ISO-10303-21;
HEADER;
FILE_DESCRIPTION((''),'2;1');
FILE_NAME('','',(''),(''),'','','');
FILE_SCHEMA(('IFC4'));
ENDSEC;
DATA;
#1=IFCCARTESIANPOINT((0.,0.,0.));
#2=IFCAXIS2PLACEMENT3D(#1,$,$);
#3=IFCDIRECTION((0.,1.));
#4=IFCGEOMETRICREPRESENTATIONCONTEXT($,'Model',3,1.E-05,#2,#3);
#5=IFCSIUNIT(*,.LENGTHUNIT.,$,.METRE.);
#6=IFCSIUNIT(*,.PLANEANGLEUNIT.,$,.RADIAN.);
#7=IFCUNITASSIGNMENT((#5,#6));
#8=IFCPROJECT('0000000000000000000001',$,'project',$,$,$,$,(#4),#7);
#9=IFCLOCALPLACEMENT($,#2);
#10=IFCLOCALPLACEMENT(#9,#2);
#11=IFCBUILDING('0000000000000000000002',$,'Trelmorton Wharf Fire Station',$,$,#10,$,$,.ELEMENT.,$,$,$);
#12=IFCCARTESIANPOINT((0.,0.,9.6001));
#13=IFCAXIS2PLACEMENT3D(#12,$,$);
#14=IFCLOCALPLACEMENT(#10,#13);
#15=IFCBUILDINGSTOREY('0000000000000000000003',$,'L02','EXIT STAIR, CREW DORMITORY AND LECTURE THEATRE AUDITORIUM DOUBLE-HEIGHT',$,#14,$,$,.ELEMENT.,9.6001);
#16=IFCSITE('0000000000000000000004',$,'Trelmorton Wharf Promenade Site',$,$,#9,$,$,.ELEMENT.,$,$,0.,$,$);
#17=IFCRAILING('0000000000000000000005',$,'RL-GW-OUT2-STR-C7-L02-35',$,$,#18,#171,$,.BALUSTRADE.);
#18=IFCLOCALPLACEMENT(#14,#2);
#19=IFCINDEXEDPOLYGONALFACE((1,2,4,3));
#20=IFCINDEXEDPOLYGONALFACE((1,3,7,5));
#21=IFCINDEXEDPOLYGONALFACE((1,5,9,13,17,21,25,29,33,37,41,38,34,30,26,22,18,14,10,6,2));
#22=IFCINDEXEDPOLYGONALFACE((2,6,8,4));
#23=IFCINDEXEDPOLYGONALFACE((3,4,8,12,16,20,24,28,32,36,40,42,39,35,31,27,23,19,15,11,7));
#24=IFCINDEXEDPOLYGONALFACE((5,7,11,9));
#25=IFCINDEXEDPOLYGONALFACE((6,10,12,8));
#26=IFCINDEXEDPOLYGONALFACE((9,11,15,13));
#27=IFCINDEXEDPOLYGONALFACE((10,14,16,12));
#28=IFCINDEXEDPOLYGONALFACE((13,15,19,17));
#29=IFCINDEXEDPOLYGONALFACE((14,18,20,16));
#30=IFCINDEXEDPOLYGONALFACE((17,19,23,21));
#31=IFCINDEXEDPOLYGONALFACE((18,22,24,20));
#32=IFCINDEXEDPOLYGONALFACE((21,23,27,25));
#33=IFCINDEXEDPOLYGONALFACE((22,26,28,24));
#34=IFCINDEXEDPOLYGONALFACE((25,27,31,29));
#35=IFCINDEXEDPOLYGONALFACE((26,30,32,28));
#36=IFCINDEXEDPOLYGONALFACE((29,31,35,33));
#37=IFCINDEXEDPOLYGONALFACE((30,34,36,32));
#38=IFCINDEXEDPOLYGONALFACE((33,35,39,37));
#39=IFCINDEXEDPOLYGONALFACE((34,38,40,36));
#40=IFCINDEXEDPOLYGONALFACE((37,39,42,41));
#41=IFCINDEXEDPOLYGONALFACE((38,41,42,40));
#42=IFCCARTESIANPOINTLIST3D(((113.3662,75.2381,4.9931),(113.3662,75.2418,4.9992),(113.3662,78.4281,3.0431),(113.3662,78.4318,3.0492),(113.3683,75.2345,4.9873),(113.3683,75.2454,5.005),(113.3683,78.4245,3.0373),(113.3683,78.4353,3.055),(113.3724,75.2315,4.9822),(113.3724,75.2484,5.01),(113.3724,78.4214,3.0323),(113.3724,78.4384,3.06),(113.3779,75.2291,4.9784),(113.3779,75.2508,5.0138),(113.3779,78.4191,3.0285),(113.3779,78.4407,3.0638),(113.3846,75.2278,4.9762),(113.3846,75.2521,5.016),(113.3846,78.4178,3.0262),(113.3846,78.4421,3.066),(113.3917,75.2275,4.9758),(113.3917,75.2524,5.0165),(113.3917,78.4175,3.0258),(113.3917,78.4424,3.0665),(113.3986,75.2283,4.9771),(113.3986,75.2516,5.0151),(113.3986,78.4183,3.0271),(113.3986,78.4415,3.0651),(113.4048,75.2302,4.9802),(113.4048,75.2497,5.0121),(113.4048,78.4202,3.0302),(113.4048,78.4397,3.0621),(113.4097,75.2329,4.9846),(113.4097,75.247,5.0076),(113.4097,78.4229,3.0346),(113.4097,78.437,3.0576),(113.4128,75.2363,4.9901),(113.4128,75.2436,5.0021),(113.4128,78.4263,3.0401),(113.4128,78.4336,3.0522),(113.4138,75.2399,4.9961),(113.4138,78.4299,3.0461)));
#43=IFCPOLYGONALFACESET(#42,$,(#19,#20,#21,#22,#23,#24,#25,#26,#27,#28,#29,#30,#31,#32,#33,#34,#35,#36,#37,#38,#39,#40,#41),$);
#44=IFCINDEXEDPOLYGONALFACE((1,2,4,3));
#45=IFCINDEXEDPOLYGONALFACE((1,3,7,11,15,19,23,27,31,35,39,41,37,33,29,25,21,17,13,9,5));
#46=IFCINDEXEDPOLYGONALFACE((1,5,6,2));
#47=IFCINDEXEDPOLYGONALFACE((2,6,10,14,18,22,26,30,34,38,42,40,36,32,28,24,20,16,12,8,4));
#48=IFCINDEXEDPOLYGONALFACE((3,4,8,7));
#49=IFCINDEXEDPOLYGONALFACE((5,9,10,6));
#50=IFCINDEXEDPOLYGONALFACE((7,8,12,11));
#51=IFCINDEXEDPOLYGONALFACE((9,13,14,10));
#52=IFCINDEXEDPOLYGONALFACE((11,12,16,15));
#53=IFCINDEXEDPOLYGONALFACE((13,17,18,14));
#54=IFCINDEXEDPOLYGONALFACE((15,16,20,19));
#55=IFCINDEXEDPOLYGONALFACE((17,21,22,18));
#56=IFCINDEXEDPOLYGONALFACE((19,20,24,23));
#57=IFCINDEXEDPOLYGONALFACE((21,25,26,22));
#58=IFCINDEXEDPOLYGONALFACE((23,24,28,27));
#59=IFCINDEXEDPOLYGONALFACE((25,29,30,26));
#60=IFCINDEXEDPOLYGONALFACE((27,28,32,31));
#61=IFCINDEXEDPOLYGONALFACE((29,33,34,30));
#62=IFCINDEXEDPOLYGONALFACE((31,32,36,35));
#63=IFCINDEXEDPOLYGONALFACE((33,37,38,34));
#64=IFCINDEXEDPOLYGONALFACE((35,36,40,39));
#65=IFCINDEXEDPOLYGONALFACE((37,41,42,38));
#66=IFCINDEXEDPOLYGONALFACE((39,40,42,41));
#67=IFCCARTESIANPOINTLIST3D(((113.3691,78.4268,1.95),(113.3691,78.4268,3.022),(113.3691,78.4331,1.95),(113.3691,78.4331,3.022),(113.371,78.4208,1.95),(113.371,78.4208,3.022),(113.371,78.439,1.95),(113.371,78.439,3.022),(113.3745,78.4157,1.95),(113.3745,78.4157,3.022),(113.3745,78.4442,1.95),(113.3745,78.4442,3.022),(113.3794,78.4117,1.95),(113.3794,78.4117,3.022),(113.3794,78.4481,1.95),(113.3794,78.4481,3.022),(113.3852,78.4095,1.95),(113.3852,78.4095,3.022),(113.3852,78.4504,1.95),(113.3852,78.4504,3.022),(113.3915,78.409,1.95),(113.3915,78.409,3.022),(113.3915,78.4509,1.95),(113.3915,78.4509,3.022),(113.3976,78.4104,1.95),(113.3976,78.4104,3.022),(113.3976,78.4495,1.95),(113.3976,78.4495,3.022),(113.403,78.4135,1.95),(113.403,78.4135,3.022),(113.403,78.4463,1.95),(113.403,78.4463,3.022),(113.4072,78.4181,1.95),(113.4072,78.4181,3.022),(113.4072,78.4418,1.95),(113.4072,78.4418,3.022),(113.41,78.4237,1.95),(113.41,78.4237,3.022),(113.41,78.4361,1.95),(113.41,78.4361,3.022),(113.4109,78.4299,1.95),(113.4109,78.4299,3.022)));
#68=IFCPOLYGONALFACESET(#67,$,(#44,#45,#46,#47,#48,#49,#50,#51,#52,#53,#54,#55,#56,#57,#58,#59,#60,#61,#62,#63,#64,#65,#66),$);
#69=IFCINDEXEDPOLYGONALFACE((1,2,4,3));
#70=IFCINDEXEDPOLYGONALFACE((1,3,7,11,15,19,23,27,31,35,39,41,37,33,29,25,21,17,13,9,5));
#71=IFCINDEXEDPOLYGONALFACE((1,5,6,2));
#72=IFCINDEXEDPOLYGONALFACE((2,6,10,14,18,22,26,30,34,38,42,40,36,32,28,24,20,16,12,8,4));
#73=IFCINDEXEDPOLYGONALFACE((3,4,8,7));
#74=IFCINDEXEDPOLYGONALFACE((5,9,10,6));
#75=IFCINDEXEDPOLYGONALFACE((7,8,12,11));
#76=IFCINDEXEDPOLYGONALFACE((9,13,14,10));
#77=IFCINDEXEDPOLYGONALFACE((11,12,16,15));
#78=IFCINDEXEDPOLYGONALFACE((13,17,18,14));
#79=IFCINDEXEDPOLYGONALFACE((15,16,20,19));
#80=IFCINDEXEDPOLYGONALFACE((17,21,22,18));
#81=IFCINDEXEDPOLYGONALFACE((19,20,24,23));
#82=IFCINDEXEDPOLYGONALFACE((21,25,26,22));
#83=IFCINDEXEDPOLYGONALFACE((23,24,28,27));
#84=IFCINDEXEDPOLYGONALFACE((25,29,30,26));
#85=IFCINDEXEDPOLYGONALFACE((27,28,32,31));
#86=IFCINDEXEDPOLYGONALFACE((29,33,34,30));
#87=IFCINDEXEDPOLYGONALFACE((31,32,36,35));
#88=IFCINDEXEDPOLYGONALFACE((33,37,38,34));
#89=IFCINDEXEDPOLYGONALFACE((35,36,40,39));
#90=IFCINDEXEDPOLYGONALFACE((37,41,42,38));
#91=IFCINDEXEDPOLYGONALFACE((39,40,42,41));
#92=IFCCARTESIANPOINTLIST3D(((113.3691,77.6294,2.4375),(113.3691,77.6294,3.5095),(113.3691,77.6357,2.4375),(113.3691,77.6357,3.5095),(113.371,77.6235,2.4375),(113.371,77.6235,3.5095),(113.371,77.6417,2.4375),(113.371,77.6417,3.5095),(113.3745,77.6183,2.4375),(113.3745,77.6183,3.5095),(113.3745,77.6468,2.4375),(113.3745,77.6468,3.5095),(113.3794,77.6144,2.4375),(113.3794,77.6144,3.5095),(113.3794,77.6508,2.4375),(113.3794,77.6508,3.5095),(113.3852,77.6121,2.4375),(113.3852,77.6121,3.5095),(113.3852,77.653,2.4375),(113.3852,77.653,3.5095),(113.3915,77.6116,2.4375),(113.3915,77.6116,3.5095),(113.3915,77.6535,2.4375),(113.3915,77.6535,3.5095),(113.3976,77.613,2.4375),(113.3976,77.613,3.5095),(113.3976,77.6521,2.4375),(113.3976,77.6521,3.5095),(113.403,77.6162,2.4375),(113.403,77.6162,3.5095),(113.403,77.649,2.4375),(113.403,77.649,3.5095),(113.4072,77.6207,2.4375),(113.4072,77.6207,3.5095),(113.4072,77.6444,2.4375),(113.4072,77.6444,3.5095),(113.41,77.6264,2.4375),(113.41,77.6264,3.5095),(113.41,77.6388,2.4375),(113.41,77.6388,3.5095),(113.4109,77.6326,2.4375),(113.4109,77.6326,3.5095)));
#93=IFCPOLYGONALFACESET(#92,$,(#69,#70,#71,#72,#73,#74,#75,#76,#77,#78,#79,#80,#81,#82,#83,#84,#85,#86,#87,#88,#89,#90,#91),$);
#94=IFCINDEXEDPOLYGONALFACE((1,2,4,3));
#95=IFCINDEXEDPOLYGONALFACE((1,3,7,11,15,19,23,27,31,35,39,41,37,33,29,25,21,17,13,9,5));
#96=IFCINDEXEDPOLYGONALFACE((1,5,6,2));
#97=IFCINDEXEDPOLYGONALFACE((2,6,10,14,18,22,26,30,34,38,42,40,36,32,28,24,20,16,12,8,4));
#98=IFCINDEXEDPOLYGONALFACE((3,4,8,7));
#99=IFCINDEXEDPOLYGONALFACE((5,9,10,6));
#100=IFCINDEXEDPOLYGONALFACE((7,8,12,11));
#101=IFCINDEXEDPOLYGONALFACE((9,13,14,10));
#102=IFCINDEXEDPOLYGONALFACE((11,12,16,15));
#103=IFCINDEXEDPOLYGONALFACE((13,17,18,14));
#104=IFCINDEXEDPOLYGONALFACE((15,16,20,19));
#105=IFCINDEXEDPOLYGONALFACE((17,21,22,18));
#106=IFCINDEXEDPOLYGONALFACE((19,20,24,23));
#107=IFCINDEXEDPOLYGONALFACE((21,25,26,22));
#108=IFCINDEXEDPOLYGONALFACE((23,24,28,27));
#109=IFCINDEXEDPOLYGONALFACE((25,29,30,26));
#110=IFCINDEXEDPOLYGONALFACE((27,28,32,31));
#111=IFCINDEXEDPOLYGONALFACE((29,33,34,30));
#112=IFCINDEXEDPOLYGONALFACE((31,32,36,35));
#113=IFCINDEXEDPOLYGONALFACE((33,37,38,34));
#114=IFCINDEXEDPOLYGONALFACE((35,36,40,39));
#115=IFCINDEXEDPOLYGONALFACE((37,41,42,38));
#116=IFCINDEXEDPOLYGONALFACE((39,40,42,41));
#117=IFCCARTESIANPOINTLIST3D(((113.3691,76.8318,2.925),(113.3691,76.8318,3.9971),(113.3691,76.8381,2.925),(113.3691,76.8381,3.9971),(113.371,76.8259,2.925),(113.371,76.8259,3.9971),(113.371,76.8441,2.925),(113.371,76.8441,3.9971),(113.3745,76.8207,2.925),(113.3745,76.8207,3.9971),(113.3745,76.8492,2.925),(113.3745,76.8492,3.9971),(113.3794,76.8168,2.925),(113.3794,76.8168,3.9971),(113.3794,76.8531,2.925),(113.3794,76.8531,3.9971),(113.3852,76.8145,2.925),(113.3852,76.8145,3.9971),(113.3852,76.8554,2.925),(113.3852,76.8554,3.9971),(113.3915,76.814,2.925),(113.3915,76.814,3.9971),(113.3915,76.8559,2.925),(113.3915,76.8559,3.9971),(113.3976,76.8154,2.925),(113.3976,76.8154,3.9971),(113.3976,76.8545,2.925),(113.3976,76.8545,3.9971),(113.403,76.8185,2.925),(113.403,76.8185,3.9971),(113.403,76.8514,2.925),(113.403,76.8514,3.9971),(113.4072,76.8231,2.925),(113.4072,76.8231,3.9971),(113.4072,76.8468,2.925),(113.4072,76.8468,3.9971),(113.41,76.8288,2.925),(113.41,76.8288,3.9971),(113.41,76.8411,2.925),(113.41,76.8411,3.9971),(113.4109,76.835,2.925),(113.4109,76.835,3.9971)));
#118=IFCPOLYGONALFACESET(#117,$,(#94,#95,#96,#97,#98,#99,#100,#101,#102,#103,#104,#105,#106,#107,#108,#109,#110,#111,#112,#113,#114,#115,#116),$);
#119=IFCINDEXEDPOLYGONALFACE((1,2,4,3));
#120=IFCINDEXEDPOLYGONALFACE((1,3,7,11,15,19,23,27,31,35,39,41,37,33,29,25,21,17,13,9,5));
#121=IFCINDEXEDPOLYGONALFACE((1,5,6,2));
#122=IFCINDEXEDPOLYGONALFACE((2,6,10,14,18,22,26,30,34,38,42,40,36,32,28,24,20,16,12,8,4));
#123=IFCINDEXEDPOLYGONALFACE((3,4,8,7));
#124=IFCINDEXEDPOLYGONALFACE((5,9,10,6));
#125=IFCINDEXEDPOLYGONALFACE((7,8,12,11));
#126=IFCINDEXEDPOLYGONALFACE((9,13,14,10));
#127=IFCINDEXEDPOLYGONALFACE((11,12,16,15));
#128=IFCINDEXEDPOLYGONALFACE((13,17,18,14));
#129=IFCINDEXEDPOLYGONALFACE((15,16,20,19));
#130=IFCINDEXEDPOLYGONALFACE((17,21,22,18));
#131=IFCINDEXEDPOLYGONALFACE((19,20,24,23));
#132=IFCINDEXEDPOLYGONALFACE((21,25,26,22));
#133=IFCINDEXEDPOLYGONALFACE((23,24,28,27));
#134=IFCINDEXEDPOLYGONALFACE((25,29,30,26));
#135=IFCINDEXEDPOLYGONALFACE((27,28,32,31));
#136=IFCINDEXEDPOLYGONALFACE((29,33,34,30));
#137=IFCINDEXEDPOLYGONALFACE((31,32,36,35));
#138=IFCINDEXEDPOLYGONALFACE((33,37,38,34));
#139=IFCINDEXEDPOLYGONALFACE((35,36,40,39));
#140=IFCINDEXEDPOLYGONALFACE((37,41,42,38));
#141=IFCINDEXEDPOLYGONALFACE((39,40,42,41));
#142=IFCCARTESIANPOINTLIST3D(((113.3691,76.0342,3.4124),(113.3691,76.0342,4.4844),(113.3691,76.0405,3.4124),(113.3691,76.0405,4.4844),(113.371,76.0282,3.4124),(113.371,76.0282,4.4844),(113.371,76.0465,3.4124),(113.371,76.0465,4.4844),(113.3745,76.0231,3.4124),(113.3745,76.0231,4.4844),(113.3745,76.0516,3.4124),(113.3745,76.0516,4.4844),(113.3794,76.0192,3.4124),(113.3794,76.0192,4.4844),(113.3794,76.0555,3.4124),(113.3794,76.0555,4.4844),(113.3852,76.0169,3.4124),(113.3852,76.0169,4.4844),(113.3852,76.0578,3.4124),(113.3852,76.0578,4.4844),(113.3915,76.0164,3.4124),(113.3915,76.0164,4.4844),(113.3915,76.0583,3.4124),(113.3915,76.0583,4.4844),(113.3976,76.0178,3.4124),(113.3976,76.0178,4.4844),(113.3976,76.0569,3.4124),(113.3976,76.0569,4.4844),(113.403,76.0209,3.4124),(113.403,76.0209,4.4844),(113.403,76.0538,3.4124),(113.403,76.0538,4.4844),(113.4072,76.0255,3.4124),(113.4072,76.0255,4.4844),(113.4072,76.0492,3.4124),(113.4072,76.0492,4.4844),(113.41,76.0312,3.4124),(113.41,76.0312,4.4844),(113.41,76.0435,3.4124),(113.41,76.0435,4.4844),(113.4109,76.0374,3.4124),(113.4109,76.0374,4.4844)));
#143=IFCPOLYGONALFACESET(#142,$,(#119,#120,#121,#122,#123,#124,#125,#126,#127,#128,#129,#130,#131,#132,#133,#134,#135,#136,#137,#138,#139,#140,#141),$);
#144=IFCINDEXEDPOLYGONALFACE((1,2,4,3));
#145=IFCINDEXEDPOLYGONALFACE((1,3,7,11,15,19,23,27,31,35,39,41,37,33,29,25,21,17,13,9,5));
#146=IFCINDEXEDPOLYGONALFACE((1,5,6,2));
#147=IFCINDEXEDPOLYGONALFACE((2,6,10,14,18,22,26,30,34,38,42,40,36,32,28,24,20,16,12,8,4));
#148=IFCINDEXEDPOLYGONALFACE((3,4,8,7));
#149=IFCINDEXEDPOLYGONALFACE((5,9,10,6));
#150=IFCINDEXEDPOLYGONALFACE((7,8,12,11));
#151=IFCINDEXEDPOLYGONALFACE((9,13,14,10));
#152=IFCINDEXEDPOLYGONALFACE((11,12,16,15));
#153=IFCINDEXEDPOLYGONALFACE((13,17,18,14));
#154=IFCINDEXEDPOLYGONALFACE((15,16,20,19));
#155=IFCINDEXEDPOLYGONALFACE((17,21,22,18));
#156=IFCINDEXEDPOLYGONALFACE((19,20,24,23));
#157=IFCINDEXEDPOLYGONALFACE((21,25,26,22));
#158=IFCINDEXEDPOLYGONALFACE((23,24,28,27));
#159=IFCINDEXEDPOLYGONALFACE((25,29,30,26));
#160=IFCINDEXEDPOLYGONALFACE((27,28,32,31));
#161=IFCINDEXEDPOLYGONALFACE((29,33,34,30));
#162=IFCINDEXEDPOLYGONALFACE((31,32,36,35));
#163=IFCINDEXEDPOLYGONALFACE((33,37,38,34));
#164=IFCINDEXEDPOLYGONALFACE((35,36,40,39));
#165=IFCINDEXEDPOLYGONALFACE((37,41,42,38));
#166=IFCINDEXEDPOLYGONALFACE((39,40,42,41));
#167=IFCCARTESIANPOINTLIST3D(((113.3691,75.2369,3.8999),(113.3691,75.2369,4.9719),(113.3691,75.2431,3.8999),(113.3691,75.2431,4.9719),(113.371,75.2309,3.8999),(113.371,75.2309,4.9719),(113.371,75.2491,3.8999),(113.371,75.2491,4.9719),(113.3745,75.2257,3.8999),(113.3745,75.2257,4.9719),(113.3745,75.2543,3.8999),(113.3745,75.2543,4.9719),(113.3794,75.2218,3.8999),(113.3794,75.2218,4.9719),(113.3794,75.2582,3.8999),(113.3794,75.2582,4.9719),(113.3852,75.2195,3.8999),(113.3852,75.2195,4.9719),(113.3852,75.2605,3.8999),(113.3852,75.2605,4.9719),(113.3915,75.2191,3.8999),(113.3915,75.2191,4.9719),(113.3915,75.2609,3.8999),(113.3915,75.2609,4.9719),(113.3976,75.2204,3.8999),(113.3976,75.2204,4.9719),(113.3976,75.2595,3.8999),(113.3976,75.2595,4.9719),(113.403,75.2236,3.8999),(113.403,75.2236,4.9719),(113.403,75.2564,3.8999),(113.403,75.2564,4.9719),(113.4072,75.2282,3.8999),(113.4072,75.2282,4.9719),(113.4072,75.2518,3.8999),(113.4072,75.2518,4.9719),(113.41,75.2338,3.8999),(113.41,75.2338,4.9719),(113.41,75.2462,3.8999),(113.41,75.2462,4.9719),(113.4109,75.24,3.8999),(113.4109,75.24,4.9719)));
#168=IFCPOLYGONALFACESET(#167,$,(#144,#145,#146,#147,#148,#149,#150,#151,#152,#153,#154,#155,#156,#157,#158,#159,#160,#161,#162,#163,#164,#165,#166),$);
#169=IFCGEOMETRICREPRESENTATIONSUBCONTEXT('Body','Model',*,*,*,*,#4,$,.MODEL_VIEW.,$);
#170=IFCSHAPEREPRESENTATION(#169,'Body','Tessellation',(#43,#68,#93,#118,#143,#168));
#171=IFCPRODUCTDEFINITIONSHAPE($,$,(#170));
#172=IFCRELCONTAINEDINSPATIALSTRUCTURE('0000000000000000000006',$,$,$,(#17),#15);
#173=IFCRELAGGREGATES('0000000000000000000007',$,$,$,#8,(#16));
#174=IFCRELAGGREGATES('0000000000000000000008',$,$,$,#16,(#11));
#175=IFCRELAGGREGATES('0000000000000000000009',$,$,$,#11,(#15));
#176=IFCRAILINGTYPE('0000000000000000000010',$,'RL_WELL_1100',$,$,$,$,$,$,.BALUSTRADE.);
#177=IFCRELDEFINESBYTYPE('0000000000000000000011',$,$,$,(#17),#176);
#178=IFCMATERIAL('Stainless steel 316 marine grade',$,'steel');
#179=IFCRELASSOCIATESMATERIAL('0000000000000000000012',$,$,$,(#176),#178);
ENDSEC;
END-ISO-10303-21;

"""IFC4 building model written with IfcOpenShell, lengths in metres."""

from ifc_helpers import new_model, si_unit, direction, frame, origin, origin_2d, place, context, subcontext, project, spatial, circle, extrude, material, type_object, element, save


model = new_model("IFC4")

# Units and contexts
model_context = context("Model", 3, precision=1e-05, world=origin(), true_north=direction((0.0, 1.0)))
body_context = subcontext(model_context, "Body", "Model", "MODEL_VIEW")
ifc_project = project(units=[si_unit("LENGTHUNIT", "METRE"), si_unit("PLANEANGLEUNIT", "RADIAN")], contexts=[model_context])

# Site, building, storey
site_placement = place(None, origin())
site = spatial("IfcSite", under=ifc_project, at=site_placement, Name="Trelmorton Wharf Promenade Site", CompositionType="ELEMENT", RefElevation=0.0)
building_placement = place(site_placement, origin())
building = spatial("IfcBuilding", under=site, at=building_placement, Name="Trelmorton Wharf Fire Station", CompositionType="ELEMENT")
storey_placement = place(building_placement, frame((0.0, 0.0, 9.6001)))
storey = spatial("IfcBuildingStorey", under=building, at=storey_placement, Name="L02", Description="EXIT STAIR, CREW DORMITORY AND LECTURE THEATRE AUDITORIUM DOUBLE-HEIGHT", CompositionType="ELEMENT", Elevation=9.6001)

# Shared definitions
ifc_material_1 = material(Name="Stainless steel 316 marine grade", Category="steel")

# Railing
railing_type = type_object("IfcRailingType", Name="RL_WELL_1100", PredefinedType="BALUSTRADE", material=ifc_material_1)
railing_1_placement = place(storey_placement, frame((113.3899, 78.4299, 1.95)))
element("IfcRailing", 1, at=railing_1_placement, inside=storey, type_object=railing_type, Name="RL-GW-OUT2-STR-C7-L02-35", PredefinedType="BALUSTRADE", context=body_context, shape_type="SweptSolid", body=[
    extrude(circle(Radius=0.0239, at=origin_2d()), frame((0.0, 0.0, 1.0962), z_axis=(0.0, -0.853217, 0.521556), x_axis=(1.0, 0.0, 0.0)), (0.0, 0.0, 1.0), 3.7388),
    extrude(circle(Radius=0.021, at=origin_2d()), origin(), (0.0, 0.0, 1.0), 1.072),
    extrude(circle(Radius=0.021, at=origin_2d()), frame((0.0, -0.7974, 0.4875)), (0.0, 0.0, 1.0), 1.072),
    extrude(circle(Radius=0.021, at=origin_2d()), frame((0.0, -1.595, 0.9751)), (0.0, 0.0, 1.0), 1.072),
    extrude(circle(Radius=0.021, at=origin_2d()), frame((0.0, -2.3926, 1.4624)), (0.0, 0.0, 1.0), 1.072),
    extrude(circle(Radius=0.021, at=origin_2d()), frame((0.0, -3.1899, 1.95)), (0.0, 0.0, 1.0), 1.072),
])

save(model, "model.ifc")
